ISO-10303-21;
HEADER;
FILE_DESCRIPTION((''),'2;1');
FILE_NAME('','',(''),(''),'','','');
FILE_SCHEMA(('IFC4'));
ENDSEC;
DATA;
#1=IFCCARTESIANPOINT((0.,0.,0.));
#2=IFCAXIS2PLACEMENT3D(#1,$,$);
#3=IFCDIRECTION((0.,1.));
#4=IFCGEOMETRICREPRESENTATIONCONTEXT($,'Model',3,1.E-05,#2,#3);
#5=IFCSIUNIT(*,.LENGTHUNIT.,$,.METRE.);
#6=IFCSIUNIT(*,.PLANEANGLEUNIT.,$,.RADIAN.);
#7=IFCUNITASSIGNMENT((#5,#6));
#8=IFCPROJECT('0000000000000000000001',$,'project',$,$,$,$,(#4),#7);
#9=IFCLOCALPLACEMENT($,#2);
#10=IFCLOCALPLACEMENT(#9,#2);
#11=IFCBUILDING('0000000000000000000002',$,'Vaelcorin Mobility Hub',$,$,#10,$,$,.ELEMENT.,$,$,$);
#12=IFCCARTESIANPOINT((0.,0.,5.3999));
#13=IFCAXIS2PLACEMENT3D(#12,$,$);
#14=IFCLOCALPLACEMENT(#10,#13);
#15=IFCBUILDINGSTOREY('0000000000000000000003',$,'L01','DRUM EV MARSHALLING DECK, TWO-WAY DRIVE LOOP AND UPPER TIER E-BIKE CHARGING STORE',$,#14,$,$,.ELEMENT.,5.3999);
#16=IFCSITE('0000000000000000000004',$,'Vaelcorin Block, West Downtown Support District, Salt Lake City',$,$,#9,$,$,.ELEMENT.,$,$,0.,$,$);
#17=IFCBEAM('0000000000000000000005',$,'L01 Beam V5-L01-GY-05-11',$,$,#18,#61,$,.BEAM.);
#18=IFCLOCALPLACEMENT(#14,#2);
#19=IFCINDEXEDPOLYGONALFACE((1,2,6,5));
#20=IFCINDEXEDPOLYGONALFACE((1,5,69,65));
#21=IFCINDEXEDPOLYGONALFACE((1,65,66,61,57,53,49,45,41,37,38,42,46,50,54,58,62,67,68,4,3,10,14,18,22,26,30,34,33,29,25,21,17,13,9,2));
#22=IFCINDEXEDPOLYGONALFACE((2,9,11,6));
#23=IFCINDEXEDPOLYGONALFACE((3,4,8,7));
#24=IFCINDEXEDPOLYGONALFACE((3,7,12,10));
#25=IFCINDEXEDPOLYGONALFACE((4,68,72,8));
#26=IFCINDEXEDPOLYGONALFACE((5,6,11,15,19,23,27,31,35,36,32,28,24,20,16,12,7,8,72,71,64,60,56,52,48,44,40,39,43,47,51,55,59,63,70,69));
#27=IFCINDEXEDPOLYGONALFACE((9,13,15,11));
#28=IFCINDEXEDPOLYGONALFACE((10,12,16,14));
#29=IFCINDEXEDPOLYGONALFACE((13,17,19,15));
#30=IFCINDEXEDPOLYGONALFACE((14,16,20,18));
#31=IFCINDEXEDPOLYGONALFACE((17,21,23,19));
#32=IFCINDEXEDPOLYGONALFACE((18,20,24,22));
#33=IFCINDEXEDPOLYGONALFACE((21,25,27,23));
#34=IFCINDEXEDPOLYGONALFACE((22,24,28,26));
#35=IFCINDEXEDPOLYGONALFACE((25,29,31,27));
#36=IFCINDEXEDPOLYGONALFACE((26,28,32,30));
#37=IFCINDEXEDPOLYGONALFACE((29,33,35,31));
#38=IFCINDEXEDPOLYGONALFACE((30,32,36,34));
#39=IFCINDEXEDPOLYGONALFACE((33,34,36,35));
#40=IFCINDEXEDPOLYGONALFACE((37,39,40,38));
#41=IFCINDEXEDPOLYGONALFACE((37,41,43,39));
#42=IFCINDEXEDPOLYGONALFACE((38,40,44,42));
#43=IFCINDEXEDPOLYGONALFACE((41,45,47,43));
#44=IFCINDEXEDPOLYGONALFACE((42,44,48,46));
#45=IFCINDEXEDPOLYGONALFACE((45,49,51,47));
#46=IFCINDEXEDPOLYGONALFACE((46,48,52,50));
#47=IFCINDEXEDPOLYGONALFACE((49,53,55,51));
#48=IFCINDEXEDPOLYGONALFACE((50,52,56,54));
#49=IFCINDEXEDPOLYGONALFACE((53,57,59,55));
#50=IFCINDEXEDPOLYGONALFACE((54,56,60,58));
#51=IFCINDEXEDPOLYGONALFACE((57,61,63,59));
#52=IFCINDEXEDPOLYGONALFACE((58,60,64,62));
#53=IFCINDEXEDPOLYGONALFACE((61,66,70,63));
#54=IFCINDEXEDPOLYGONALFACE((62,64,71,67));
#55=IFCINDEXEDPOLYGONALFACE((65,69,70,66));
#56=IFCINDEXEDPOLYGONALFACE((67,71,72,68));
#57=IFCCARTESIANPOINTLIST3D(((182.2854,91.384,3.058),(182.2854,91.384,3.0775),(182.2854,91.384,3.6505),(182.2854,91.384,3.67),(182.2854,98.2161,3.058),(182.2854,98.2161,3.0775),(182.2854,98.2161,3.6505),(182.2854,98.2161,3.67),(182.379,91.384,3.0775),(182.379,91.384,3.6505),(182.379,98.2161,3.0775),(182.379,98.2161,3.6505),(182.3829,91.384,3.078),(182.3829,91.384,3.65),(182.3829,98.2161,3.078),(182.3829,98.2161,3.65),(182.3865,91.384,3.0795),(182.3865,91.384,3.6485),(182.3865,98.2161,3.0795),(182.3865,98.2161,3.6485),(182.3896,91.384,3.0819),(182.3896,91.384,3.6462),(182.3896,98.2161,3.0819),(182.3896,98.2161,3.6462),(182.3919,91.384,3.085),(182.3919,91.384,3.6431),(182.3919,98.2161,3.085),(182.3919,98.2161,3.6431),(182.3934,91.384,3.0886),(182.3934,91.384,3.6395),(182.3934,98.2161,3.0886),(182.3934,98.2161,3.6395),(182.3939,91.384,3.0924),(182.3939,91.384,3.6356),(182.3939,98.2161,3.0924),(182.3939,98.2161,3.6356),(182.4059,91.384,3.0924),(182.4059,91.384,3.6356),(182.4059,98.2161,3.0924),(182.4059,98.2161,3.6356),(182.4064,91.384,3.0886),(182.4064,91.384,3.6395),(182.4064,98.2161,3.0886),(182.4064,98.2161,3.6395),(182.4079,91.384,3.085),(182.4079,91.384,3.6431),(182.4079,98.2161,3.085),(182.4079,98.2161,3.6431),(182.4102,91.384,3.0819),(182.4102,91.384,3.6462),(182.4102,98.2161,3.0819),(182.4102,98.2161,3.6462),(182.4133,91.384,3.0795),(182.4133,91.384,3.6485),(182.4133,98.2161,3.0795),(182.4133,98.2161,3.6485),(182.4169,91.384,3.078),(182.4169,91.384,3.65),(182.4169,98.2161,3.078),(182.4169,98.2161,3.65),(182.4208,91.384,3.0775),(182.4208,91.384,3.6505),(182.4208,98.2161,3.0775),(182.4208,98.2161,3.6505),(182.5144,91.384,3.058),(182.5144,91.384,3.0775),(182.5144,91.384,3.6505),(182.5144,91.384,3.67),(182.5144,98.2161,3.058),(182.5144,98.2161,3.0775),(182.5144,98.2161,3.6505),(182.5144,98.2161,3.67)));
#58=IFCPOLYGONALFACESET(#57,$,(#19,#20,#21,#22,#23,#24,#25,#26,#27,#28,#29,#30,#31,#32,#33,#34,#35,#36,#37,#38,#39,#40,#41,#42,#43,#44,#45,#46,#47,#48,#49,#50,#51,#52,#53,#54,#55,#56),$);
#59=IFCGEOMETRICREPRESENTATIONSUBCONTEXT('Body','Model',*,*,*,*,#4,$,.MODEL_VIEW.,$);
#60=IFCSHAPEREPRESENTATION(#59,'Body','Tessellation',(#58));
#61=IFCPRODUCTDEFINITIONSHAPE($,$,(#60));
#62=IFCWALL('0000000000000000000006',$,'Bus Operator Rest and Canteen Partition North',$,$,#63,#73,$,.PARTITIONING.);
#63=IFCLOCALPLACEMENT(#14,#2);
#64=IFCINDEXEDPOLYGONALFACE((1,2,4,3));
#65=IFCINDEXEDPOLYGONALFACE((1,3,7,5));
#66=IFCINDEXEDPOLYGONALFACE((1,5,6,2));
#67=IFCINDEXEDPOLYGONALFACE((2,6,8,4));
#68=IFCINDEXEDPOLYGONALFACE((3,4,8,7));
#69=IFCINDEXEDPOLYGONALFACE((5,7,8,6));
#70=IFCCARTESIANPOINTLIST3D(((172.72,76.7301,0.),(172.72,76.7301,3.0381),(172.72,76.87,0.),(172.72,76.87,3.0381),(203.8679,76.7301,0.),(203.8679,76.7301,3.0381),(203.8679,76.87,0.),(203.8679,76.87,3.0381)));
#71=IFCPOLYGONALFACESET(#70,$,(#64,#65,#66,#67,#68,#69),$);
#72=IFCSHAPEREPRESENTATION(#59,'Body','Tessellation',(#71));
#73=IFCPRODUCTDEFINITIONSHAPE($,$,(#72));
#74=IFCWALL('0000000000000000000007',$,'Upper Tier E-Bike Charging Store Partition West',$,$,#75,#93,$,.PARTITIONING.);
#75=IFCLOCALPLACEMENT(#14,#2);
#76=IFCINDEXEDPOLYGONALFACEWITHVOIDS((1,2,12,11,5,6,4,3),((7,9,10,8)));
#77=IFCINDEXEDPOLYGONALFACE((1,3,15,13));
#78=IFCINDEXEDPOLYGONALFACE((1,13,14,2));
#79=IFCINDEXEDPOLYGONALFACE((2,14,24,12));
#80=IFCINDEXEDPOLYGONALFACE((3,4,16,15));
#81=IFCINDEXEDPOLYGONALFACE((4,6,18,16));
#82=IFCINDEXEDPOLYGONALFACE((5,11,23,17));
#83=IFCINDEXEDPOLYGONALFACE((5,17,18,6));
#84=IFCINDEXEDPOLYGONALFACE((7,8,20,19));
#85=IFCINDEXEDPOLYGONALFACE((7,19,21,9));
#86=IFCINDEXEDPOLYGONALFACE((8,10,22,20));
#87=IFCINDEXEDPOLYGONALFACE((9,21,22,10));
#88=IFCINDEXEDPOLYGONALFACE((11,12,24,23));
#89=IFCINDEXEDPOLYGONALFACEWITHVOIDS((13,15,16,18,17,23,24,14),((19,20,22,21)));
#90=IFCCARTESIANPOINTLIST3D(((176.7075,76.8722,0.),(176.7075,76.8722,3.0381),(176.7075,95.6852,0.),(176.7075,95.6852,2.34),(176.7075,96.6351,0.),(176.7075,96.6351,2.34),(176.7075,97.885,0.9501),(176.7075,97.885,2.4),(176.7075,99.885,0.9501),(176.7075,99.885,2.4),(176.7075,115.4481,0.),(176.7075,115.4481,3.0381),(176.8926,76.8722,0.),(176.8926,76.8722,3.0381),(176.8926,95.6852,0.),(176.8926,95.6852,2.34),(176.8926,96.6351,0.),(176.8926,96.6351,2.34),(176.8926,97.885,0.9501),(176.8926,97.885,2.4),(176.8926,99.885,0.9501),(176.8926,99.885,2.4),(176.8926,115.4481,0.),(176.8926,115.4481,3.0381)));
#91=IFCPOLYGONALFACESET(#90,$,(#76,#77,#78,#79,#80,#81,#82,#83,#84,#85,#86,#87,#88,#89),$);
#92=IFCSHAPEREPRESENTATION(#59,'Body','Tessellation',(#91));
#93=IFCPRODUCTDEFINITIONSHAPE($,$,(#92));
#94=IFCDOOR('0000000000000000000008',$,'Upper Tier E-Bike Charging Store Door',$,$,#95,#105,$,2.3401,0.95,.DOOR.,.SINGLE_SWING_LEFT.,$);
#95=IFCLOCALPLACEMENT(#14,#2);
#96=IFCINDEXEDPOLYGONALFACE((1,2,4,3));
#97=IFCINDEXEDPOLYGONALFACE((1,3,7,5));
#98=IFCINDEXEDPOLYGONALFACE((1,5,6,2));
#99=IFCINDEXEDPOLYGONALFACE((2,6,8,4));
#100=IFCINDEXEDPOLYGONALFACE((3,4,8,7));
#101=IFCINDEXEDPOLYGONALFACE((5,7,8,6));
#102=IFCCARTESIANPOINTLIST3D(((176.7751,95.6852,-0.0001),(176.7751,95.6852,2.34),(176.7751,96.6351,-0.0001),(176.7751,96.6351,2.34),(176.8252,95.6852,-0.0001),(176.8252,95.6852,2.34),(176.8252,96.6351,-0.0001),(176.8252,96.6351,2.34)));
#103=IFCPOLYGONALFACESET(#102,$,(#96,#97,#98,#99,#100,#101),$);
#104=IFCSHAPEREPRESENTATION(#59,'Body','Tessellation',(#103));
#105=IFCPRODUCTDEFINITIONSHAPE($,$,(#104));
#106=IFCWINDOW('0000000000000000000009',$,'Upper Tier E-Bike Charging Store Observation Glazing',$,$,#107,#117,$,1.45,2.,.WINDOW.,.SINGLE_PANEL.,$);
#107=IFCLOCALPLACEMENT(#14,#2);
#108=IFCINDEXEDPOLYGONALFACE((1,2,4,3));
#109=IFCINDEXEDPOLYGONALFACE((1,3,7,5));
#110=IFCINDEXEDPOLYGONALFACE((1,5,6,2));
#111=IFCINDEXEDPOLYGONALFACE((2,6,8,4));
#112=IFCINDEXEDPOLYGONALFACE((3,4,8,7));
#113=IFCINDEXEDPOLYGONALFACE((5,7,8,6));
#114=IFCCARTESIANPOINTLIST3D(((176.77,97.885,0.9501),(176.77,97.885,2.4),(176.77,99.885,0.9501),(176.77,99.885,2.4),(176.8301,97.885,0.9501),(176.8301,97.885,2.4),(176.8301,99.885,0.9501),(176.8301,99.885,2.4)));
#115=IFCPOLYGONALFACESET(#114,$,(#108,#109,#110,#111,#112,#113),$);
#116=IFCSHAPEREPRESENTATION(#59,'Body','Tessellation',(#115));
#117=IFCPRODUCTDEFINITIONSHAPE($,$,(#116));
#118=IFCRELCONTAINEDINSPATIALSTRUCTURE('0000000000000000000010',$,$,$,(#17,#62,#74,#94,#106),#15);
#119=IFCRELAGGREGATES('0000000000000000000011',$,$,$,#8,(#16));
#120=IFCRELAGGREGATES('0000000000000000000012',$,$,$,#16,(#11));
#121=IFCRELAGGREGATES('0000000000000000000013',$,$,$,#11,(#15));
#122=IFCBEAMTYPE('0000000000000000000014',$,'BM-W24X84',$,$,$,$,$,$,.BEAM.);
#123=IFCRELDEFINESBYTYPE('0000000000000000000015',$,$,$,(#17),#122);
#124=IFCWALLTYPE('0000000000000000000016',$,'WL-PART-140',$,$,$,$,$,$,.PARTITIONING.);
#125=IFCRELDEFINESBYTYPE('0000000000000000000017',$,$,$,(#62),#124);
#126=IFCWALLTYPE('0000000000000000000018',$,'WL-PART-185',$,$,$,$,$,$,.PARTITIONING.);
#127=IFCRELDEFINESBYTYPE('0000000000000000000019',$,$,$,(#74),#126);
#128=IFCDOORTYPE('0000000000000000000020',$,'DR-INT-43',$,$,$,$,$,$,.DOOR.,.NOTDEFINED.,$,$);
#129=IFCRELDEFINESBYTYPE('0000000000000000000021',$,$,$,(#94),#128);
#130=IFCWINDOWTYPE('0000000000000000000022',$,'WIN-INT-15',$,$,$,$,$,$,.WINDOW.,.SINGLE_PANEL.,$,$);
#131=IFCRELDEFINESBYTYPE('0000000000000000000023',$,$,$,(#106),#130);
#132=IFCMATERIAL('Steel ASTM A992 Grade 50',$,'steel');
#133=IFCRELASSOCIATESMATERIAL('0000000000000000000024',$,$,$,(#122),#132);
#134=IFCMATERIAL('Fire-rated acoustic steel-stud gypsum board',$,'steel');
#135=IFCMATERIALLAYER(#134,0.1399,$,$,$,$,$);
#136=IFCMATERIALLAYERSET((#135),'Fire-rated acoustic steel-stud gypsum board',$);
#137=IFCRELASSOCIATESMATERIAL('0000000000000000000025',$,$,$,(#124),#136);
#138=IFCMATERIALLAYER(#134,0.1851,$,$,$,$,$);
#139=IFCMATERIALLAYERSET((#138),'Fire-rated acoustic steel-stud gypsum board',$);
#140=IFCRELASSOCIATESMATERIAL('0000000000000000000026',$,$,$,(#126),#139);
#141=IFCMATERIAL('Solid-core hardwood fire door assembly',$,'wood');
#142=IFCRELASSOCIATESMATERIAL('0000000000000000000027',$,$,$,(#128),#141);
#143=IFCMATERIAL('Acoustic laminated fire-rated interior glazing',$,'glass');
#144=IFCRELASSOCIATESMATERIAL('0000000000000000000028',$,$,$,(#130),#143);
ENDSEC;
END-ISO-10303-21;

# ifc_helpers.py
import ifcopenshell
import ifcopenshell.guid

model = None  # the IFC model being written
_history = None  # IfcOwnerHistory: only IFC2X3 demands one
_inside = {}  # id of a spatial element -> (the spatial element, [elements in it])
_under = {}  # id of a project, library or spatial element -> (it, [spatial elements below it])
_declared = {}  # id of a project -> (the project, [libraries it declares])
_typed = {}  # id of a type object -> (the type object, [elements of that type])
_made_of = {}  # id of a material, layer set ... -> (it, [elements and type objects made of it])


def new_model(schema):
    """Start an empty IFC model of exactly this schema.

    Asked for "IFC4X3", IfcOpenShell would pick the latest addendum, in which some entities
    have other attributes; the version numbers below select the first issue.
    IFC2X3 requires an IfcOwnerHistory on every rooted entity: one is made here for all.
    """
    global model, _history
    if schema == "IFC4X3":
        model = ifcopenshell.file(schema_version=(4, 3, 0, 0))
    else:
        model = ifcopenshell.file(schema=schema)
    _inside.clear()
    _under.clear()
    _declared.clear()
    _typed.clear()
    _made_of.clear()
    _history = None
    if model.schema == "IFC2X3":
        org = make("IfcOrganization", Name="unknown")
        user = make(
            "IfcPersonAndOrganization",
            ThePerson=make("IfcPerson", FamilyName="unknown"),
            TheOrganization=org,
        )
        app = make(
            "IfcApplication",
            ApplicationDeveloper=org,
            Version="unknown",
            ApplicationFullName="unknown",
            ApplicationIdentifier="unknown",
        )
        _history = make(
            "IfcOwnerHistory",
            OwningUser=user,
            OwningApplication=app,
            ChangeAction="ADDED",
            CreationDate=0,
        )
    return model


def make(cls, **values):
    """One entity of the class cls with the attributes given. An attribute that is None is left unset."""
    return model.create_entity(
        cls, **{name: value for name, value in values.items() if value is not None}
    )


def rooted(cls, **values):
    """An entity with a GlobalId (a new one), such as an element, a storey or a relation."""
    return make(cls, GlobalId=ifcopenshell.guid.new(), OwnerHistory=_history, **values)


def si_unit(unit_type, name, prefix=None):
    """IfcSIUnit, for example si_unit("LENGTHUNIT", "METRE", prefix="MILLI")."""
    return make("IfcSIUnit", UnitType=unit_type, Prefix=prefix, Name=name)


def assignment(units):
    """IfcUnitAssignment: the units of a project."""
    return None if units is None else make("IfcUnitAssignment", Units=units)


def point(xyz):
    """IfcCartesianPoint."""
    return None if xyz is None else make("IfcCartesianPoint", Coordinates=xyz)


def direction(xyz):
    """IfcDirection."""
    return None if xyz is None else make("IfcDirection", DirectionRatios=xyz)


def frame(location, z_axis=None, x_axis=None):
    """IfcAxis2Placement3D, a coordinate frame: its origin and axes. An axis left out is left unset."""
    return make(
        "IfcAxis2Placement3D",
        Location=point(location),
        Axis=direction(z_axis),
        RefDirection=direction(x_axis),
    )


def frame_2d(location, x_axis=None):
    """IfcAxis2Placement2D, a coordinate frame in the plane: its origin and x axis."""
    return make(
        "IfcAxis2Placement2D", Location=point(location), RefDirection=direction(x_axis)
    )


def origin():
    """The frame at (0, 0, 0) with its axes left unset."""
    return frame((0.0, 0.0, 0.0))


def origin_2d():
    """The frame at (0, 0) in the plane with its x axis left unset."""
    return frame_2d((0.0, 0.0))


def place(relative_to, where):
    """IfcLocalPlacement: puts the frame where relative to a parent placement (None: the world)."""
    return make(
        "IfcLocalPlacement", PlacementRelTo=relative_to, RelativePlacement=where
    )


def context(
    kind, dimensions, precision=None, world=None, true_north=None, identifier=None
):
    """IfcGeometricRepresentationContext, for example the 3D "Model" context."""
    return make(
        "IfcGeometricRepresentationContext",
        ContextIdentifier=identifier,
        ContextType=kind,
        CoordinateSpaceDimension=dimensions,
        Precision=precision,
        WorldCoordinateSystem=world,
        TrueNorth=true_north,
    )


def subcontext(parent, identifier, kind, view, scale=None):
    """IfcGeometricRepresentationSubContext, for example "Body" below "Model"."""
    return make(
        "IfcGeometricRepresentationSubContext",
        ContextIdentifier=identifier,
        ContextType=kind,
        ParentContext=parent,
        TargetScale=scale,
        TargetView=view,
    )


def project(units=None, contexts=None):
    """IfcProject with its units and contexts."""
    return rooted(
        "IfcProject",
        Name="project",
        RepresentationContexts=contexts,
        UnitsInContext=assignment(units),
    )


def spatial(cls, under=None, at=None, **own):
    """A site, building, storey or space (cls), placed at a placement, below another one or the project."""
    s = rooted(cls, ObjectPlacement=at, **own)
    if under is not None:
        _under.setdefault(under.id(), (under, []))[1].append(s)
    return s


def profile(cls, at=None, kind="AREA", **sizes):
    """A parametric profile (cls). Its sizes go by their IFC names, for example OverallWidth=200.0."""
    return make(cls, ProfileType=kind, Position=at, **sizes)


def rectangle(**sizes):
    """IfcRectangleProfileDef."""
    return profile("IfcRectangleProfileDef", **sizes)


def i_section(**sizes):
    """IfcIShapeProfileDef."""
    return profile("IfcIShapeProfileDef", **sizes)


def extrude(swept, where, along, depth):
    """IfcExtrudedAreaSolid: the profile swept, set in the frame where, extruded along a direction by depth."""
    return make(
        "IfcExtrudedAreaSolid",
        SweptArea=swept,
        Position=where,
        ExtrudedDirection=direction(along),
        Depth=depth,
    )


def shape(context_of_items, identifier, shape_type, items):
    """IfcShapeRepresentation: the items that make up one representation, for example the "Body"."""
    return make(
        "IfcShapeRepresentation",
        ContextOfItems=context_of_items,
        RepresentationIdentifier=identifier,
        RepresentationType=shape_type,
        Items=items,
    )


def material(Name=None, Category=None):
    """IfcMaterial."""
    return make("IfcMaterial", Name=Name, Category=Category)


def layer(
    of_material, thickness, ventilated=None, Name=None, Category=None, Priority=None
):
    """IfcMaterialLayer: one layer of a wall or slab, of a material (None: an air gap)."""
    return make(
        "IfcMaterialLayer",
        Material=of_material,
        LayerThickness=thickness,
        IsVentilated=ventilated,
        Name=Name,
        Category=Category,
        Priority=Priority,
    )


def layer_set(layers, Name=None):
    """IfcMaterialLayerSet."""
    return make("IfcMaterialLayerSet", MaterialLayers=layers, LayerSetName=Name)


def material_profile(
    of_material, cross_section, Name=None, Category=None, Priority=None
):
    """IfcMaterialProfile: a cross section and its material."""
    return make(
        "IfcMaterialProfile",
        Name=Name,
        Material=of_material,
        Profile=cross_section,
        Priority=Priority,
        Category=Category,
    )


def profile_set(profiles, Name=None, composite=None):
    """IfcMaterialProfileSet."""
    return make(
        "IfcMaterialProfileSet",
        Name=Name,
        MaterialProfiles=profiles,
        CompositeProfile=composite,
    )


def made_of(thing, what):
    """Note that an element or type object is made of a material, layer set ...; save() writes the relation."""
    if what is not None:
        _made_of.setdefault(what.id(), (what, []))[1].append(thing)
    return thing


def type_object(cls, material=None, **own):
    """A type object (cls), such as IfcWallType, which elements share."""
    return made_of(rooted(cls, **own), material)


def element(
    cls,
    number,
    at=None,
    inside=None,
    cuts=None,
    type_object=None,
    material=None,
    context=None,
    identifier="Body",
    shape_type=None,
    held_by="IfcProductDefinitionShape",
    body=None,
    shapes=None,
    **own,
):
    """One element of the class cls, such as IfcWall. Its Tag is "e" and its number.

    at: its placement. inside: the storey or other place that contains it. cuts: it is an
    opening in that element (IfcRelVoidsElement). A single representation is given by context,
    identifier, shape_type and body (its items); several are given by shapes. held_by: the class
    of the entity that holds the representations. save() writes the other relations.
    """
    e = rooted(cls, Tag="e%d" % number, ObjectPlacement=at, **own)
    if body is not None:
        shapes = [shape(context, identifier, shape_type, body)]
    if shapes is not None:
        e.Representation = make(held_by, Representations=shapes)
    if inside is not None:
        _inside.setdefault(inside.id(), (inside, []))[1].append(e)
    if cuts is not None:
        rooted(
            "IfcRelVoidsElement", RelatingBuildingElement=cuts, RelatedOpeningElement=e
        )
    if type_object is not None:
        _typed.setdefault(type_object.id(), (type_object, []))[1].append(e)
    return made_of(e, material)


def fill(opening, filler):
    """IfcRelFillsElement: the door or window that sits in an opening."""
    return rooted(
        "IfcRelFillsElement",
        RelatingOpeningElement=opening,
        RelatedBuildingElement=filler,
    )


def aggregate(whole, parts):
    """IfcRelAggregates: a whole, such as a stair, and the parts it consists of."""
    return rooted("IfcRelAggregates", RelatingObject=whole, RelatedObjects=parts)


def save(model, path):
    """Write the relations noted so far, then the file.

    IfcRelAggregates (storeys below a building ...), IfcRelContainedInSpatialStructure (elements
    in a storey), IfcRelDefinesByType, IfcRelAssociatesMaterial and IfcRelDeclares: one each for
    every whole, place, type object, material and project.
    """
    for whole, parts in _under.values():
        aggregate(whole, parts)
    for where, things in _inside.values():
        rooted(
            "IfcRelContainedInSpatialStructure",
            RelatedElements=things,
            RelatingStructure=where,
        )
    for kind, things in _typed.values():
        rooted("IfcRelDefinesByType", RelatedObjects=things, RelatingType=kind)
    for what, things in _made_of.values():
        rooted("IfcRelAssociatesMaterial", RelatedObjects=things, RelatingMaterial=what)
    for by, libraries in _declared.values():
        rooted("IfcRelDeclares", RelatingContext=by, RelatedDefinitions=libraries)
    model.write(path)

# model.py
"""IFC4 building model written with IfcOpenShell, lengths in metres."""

from ifc_helpers import new_model, si_unit, direction, frame, frame_2d, origin, origin_2d, place, context, subcontext, project, spatial, rectangle, i_section, extrude, material, layer, layer_set, material_profile, profile_set, type_object, element, fill, save


model = new_model("IFC4")

# Units and contexts
model_context = context("Model", 3, precision=1e-05, world=origin(), true_north=direction((0.0, 1.0)))
body_context = subcontext(model_context, "Body", "Model", "MODEL_VIEW")
ifc_project = project(units=[si_unit("LENGTHUNIT", "METRE"), si_unit("PLANEANGLEUNIT", "RADIAN")], contexts=[model_context])

# Site, building, storey
site_placement = place(None, origin())
site = spatial("IfcSite", under=ifc_project, at=site_placement, Name="Vaelcorin Block, West Downtown Support District, Salt Lake City", CompositionType="ELEMENT", RefElevation=0.0)
building_placement = place(site_placement, origin())
building = spatial("IfcBuilding", under=site, at=building_placement, Name="Vaelcorin Mobility Hub", CompositionType="ELEMENT")
storey_placement = place(building_placement, frame((0.0, 0.0, 5.3999)))
storey = spatial("IfcBuildingStorey", under=building, at=storey_placement, Name="L01", Description="DRUM EV MARSHALLING DECK, TWO-WAY DRIVE LOOP AND UPPER TIER E-BIKE CHARGING STORE", CompositionType="ELEMENT", Elevation=5.3999)

# Shared definitions
ifc_material_1 = material(Name="Steel ASTM A992 Grade 50", Category="steel")

# Beam
ifc_material_profile_1 = material_profile(ifc_material_1, i_section(OverallWidth=0.229, OverallDepth=0.6121, WebThickness=0.012, FlangeThickness=0.0195, FilletRadius=0.0149, at=origin_2d()), Name="W24X84")
ifc_profile_set_1 = profile_set([ifc_material_profile_1], Name="Steel ASTM A992 Grade 50")
beam_type_1 = type_object("IfcBeamType", Name="BM-W24X84", PredefinedType="BEAM", material=ifc_profile_set_1)
for number, where, z_axis, x_axis, name in (
    (1, (182.3999, 91.384, 3.364), (0.0, 1.0, 0.0), (-1.0, 0.0, 0.0), "L01 Beam V5-L01-GY-05-11"),
):
    element("IfcBeam", number, at=place(storey_placement, frame(where, z_axis=z_axis, x_axis=x_axis)), inside=storey, type_object=beam_type_1, Name=name, PredefinedType="BEAM", context=body_context, shape_type="SweptSolid", body=[
        extrude(i_section(OverallWidth=0.229, OverallDepth=0.6121, WebThickness=0.012, FlangeThickness=0.0195, FilletRadius=0.0149, at=origin_2d()), origin(), (0.0, 0.0, 1.0), 6.832),
    ])

# Wall
ifc_material_2 = material(Name="Fire-rated acoustic steel-stud gypsum board", Category="steel")
ifc_layer_1 = layer(ifc_material_2, 0.1399)
ifc_layer_set_1 = layer_set([ifc_layer_1], Name="Fire-rated acoustic steel-stud gypsum board")
wall_type_1 = type_object("IfcWallType", Name="WL-PART-140", PredefinedType="PARTITIONING", material=ifc_layer_set_1)
wall_1_placement = place(storey_placement, frame((172.72, 76.8, 0.0), z_axis=(0.0, 0.0, 1.0), x_axis=(1.0, 0.0, 0.0)))
element("IfcWall", 2, at=wall_1_placement, inside=storey, type_object=wall_type_1, Name="Bus Operator Rest and Canteen Partition North", PredefinedType="PARTITIONING", context=body_context, shape_type="SweptSolid", body=[
    extrude(rectangle(XDim=31.1479, YDim=0.1399, at=frame_2d((15.574, 0.0))), origin(), (0.0, 0.0, 1.0), 3.0381),
])

# Wall, openings, door, window
ifc_layer_2 = layer(ifc_material_2, 0.1851)
ifc_layer_set_2 = layer_set([ifc_layer_2], Name="Fire-rated acoustic steel-stud gypsum board")
wall_type_2 = type_object("IfcWallType", Name="WL-PART-185", PredefinedType="PARTITIONING", material=ifc_layer_set_2)
wall_2_placement = place(storey_placement, frame((176.8, 76.8721, 0.0), z_axis=(0.0, 0.0, 1.0), x_axis=(0.0, 1.0, 0.0)))
wall_2 = element("IfcWall", 3, at=wall_2_placement, inside=storey, type_object=wall_type_2, Name="Upper Tier E-Bike Charging Store Partition West", PredefinedType="PARTITIONING", context=body_context, shape_type="SweptSolid", body=[
    extrude(rectangle(XDim=38.5759, YDim=0.1851, at=frame_2d((19.2881, 0.0))), origin(), (0.0, 0.0, 1.0), 3.0381),
])
opening_1_placement = place(wall_2_placement, frame((18.813, 0.0, 0.0)))
opening_1 = element("IfcOpeningElement", 4, at=opening_1_placement, cuts=wall_2, PredefinedType="OPENING", context=body_context, shape_type="SweptSolid", body=[
    extrude(rectangle(XDim=0.95, YDim=2.3401, at=frame_2d((0.4751, 1.1699))), frame((0.0, 0.1025, 0.0), z_axis=(0.0, -1.0, 0.0), x_axis=(1.0, 0.0, 0.0)), (0.0, 0.0, 1.0), 0.2051),
])
opening_2_placement = place(wall_2_placement, frame((21.0129, 0.0, 0.95)))
opening_2 = element("IfcOpeningElement", 5, at=opening_2_placement, cuts=wall_2, PredefinedType="OPENING", context=body_context, shape_type="SweptSolid", body=[
    extrude(rectangle(XDim=2.0, YDim=1.45, at=frame_2d((1.0, 0.7251))), frame((0.0, 0.1025, 0.0), z_axis=(0.0, -1.0, 0.0), x_axis=(1.0, 0.0, 0.0)), (0.0, 0.0, 1.0), 0.2051),
])
ifc_material_3 = material(Name="Solid-core hardwood fire door assembly", Category="wood")
door_type = type_object("IfcDoorType", Name="DR-INT-43", OperationType="NOTDEFINED", PredefinedType="DOOR", material=ifc_material_3)
door_placement = place(opening_1_placement, origin())
door = element("IfcDoor", 6, at=door_placement, inside=storey, type_object=door_type, Name="Upper Tier E-Bike Charging Store Door", OperationType="SINGLE_SWING_LEFT", OverallHeight=2.3401, OverallWidth=0.95, PredefinedType="DOOR", context=body_context, shape_type="SweptSolid", body=[
    extrude(rectangle(XDim=0.95, YDim=2.3401, at=frame_2d((0.4751, 1.1699))), frame((0.0, 0.0249, 0.0), z_axis=(0.0, -1.0, 0.0), x_axis=(1.0, 0.0, 0.0)), (0.0, 0.0, 1.0), 0.05),
])
fill(opening_1, door)
ifc_material_4 = material(Name="Acoustic laminated fire-rated interior glazing", Category="glass")
window_type = type_object("IfcWindowType", Name="WIN-INT-15", PartitioningType="SINGLE_PANEL", PredefinedType="WINDOW", material=ifc_material_4)
window_placement = place(opening_2_placement, origin())
window = element("IfcWindow", 7, at=window_placement, inside=storey, type_object=window_type, Name="Upper Tier E-Bike Charging Store Observation Glazing", OverallHeight=1.45, OverallWidth=2.0, PartitioningType="SINGLE_PANEL", PredefinedType="WINDOW", context=body_context, shape_type="SweptSolid", body=[
    extrude(rectangle(XDim=2.0, YDim=1.45, at=frame_2d((1.0, 0.7251))), frame((0.0, 0.03, 0.0), z_axis=(0.0, -1.0, 0.0), x_axis=(1.0, 0.0, 0.0)), (0.0, 0.0, 1.0), 0.0601),
])
fill(opening_2, window)

save(model, "model.ifc")
